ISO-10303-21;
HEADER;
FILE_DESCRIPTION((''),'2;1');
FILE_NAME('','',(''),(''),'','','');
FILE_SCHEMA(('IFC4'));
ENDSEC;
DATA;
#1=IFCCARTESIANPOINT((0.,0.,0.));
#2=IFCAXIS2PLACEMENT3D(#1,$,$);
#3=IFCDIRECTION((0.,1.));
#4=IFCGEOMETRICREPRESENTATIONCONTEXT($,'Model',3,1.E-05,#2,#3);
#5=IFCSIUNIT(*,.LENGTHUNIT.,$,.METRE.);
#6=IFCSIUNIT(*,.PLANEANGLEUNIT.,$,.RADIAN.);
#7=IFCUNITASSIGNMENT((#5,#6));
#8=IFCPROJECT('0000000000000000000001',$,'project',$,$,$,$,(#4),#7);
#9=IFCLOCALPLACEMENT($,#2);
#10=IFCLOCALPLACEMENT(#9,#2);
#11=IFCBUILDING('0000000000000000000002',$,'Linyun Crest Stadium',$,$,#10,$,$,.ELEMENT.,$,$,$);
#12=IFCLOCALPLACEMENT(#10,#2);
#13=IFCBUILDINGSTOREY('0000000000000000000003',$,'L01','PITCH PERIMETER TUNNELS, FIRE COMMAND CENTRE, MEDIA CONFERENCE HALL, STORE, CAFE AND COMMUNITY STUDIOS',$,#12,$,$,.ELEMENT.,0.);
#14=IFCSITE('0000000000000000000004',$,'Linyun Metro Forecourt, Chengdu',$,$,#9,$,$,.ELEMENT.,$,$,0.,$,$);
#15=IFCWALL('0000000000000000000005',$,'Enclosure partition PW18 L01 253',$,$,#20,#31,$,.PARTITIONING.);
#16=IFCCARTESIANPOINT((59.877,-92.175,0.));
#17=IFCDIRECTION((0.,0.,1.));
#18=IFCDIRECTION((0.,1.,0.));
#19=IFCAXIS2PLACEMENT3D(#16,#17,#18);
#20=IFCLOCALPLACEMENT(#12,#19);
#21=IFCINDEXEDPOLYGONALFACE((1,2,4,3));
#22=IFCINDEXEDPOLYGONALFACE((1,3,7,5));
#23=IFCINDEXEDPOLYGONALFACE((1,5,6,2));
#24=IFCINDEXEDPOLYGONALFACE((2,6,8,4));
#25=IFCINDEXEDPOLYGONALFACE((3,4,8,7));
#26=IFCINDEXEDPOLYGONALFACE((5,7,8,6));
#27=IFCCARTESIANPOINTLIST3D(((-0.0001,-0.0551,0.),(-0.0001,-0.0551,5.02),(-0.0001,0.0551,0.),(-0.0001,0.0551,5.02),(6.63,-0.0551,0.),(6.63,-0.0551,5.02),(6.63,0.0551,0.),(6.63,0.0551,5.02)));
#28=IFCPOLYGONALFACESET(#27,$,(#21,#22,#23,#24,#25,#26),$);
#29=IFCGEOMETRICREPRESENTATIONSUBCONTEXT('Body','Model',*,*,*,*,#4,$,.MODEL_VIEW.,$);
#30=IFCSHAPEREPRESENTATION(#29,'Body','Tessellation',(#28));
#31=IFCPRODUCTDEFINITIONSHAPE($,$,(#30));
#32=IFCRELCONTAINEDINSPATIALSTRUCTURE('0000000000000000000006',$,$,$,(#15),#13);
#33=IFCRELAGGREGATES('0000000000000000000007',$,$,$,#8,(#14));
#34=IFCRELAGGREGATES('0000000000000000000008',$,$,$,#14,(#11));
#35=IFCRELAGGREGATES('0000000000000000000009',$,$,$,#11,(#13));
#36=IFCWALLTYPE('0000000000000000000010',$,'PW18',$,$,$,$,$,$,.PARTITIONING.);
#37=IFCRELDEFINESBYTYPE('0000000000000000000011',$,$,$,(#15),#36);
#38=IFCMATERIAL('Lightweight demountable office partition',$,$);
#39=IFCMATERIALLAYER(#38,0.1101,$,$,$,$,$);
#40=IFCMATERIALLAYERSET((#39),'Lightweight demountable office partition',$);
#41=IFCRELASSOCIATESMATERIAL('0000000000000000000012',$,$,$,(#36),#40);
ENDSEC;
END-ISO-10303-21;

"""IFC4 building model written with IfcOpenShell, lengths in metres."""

from ifc_helpers import new_model, si_unit, direction, frame, frame_2d, origin, place, context, subcontext, project, spatial, rectangle, extrude, material, layer, layer_set, type_object, element, save


model = new_model("IFC4")

# Units and contexts
model_context = context("Model", 3, precision=1e-05, world=origin(), true_north=direction((0.0, 1.0)))
body_context = subcontext(model_context, "Body", "Model", "MODEL_VIEW")
ifc_project = project(units=[si_unit("LENGTHUNIT", "METRE"), si_unit("PLANEANGLEUNIT", "RADIAN")], contexts=[model_context])

# Site, building, storey
site_placement = place(None, origin())
site = spatial("IfcSite", under=ifc_project, at=site_placement, Name="Linyun Metro Forecourt, Chengdu", CompositionType="ELEMENT", RefElevation=0.0)
building_placement = place(site_placement, origin())
building = spatial("IfcBuilding", under=site, at=building_placement, Name="Linyun Crest Stadium", CompositionType="ELEMENT")
storey_placement = place(building_placement, origin())
storey = spatial("IfcBuildingStorey", under=building, at=storey_placement, Name="L01", Description="PITCH PERIMETER TUNNELS, FIRE COMMAND CENTRE, MEDIA CONFERENCE HALL, STORE, CAFE AND COMMUNITY STUDIOS", CompositionType="ELEMENT", Elevation=0.0)

# Shared definitions
ifc_material_1 = material(Name="Lightweight demountable office partition")
ifc_layer_1 = layer(ifc_material_1, 0.1101)
ifc_layer_set_1 = layer_set([ifc_layer_1], Name="Lightweight demountable office partition")
wall_type_1 = type_object("IfcWallType", Name="PW18", PredefinedType="PARTITIONING", material=ifc_layer_set_1)

# Wall
wall_1_placement = place(storey_placement, frame((59.877, -92.175, 0.0), z_axis=(0.0, 0.0, 1.0), x_axis=(0.0, 1.0, 0.0)))
element("IfcWall", 1, at=wall_1_placement, inside=storey, type_object=wall_type_1, Name="Enclosure partition PW18 L01 253", PredefinedType="PARTITIONING", context=body_context, shape_type="SweptSolid", body=[
    extrude(rectangle(XDim=6.6301, YDim=0.1101, at=frame_2d((3.3149, 0.0))), origin(), (0.0, 0.0, 1.0), 5.02),
])

save(model, "model.ifc")
